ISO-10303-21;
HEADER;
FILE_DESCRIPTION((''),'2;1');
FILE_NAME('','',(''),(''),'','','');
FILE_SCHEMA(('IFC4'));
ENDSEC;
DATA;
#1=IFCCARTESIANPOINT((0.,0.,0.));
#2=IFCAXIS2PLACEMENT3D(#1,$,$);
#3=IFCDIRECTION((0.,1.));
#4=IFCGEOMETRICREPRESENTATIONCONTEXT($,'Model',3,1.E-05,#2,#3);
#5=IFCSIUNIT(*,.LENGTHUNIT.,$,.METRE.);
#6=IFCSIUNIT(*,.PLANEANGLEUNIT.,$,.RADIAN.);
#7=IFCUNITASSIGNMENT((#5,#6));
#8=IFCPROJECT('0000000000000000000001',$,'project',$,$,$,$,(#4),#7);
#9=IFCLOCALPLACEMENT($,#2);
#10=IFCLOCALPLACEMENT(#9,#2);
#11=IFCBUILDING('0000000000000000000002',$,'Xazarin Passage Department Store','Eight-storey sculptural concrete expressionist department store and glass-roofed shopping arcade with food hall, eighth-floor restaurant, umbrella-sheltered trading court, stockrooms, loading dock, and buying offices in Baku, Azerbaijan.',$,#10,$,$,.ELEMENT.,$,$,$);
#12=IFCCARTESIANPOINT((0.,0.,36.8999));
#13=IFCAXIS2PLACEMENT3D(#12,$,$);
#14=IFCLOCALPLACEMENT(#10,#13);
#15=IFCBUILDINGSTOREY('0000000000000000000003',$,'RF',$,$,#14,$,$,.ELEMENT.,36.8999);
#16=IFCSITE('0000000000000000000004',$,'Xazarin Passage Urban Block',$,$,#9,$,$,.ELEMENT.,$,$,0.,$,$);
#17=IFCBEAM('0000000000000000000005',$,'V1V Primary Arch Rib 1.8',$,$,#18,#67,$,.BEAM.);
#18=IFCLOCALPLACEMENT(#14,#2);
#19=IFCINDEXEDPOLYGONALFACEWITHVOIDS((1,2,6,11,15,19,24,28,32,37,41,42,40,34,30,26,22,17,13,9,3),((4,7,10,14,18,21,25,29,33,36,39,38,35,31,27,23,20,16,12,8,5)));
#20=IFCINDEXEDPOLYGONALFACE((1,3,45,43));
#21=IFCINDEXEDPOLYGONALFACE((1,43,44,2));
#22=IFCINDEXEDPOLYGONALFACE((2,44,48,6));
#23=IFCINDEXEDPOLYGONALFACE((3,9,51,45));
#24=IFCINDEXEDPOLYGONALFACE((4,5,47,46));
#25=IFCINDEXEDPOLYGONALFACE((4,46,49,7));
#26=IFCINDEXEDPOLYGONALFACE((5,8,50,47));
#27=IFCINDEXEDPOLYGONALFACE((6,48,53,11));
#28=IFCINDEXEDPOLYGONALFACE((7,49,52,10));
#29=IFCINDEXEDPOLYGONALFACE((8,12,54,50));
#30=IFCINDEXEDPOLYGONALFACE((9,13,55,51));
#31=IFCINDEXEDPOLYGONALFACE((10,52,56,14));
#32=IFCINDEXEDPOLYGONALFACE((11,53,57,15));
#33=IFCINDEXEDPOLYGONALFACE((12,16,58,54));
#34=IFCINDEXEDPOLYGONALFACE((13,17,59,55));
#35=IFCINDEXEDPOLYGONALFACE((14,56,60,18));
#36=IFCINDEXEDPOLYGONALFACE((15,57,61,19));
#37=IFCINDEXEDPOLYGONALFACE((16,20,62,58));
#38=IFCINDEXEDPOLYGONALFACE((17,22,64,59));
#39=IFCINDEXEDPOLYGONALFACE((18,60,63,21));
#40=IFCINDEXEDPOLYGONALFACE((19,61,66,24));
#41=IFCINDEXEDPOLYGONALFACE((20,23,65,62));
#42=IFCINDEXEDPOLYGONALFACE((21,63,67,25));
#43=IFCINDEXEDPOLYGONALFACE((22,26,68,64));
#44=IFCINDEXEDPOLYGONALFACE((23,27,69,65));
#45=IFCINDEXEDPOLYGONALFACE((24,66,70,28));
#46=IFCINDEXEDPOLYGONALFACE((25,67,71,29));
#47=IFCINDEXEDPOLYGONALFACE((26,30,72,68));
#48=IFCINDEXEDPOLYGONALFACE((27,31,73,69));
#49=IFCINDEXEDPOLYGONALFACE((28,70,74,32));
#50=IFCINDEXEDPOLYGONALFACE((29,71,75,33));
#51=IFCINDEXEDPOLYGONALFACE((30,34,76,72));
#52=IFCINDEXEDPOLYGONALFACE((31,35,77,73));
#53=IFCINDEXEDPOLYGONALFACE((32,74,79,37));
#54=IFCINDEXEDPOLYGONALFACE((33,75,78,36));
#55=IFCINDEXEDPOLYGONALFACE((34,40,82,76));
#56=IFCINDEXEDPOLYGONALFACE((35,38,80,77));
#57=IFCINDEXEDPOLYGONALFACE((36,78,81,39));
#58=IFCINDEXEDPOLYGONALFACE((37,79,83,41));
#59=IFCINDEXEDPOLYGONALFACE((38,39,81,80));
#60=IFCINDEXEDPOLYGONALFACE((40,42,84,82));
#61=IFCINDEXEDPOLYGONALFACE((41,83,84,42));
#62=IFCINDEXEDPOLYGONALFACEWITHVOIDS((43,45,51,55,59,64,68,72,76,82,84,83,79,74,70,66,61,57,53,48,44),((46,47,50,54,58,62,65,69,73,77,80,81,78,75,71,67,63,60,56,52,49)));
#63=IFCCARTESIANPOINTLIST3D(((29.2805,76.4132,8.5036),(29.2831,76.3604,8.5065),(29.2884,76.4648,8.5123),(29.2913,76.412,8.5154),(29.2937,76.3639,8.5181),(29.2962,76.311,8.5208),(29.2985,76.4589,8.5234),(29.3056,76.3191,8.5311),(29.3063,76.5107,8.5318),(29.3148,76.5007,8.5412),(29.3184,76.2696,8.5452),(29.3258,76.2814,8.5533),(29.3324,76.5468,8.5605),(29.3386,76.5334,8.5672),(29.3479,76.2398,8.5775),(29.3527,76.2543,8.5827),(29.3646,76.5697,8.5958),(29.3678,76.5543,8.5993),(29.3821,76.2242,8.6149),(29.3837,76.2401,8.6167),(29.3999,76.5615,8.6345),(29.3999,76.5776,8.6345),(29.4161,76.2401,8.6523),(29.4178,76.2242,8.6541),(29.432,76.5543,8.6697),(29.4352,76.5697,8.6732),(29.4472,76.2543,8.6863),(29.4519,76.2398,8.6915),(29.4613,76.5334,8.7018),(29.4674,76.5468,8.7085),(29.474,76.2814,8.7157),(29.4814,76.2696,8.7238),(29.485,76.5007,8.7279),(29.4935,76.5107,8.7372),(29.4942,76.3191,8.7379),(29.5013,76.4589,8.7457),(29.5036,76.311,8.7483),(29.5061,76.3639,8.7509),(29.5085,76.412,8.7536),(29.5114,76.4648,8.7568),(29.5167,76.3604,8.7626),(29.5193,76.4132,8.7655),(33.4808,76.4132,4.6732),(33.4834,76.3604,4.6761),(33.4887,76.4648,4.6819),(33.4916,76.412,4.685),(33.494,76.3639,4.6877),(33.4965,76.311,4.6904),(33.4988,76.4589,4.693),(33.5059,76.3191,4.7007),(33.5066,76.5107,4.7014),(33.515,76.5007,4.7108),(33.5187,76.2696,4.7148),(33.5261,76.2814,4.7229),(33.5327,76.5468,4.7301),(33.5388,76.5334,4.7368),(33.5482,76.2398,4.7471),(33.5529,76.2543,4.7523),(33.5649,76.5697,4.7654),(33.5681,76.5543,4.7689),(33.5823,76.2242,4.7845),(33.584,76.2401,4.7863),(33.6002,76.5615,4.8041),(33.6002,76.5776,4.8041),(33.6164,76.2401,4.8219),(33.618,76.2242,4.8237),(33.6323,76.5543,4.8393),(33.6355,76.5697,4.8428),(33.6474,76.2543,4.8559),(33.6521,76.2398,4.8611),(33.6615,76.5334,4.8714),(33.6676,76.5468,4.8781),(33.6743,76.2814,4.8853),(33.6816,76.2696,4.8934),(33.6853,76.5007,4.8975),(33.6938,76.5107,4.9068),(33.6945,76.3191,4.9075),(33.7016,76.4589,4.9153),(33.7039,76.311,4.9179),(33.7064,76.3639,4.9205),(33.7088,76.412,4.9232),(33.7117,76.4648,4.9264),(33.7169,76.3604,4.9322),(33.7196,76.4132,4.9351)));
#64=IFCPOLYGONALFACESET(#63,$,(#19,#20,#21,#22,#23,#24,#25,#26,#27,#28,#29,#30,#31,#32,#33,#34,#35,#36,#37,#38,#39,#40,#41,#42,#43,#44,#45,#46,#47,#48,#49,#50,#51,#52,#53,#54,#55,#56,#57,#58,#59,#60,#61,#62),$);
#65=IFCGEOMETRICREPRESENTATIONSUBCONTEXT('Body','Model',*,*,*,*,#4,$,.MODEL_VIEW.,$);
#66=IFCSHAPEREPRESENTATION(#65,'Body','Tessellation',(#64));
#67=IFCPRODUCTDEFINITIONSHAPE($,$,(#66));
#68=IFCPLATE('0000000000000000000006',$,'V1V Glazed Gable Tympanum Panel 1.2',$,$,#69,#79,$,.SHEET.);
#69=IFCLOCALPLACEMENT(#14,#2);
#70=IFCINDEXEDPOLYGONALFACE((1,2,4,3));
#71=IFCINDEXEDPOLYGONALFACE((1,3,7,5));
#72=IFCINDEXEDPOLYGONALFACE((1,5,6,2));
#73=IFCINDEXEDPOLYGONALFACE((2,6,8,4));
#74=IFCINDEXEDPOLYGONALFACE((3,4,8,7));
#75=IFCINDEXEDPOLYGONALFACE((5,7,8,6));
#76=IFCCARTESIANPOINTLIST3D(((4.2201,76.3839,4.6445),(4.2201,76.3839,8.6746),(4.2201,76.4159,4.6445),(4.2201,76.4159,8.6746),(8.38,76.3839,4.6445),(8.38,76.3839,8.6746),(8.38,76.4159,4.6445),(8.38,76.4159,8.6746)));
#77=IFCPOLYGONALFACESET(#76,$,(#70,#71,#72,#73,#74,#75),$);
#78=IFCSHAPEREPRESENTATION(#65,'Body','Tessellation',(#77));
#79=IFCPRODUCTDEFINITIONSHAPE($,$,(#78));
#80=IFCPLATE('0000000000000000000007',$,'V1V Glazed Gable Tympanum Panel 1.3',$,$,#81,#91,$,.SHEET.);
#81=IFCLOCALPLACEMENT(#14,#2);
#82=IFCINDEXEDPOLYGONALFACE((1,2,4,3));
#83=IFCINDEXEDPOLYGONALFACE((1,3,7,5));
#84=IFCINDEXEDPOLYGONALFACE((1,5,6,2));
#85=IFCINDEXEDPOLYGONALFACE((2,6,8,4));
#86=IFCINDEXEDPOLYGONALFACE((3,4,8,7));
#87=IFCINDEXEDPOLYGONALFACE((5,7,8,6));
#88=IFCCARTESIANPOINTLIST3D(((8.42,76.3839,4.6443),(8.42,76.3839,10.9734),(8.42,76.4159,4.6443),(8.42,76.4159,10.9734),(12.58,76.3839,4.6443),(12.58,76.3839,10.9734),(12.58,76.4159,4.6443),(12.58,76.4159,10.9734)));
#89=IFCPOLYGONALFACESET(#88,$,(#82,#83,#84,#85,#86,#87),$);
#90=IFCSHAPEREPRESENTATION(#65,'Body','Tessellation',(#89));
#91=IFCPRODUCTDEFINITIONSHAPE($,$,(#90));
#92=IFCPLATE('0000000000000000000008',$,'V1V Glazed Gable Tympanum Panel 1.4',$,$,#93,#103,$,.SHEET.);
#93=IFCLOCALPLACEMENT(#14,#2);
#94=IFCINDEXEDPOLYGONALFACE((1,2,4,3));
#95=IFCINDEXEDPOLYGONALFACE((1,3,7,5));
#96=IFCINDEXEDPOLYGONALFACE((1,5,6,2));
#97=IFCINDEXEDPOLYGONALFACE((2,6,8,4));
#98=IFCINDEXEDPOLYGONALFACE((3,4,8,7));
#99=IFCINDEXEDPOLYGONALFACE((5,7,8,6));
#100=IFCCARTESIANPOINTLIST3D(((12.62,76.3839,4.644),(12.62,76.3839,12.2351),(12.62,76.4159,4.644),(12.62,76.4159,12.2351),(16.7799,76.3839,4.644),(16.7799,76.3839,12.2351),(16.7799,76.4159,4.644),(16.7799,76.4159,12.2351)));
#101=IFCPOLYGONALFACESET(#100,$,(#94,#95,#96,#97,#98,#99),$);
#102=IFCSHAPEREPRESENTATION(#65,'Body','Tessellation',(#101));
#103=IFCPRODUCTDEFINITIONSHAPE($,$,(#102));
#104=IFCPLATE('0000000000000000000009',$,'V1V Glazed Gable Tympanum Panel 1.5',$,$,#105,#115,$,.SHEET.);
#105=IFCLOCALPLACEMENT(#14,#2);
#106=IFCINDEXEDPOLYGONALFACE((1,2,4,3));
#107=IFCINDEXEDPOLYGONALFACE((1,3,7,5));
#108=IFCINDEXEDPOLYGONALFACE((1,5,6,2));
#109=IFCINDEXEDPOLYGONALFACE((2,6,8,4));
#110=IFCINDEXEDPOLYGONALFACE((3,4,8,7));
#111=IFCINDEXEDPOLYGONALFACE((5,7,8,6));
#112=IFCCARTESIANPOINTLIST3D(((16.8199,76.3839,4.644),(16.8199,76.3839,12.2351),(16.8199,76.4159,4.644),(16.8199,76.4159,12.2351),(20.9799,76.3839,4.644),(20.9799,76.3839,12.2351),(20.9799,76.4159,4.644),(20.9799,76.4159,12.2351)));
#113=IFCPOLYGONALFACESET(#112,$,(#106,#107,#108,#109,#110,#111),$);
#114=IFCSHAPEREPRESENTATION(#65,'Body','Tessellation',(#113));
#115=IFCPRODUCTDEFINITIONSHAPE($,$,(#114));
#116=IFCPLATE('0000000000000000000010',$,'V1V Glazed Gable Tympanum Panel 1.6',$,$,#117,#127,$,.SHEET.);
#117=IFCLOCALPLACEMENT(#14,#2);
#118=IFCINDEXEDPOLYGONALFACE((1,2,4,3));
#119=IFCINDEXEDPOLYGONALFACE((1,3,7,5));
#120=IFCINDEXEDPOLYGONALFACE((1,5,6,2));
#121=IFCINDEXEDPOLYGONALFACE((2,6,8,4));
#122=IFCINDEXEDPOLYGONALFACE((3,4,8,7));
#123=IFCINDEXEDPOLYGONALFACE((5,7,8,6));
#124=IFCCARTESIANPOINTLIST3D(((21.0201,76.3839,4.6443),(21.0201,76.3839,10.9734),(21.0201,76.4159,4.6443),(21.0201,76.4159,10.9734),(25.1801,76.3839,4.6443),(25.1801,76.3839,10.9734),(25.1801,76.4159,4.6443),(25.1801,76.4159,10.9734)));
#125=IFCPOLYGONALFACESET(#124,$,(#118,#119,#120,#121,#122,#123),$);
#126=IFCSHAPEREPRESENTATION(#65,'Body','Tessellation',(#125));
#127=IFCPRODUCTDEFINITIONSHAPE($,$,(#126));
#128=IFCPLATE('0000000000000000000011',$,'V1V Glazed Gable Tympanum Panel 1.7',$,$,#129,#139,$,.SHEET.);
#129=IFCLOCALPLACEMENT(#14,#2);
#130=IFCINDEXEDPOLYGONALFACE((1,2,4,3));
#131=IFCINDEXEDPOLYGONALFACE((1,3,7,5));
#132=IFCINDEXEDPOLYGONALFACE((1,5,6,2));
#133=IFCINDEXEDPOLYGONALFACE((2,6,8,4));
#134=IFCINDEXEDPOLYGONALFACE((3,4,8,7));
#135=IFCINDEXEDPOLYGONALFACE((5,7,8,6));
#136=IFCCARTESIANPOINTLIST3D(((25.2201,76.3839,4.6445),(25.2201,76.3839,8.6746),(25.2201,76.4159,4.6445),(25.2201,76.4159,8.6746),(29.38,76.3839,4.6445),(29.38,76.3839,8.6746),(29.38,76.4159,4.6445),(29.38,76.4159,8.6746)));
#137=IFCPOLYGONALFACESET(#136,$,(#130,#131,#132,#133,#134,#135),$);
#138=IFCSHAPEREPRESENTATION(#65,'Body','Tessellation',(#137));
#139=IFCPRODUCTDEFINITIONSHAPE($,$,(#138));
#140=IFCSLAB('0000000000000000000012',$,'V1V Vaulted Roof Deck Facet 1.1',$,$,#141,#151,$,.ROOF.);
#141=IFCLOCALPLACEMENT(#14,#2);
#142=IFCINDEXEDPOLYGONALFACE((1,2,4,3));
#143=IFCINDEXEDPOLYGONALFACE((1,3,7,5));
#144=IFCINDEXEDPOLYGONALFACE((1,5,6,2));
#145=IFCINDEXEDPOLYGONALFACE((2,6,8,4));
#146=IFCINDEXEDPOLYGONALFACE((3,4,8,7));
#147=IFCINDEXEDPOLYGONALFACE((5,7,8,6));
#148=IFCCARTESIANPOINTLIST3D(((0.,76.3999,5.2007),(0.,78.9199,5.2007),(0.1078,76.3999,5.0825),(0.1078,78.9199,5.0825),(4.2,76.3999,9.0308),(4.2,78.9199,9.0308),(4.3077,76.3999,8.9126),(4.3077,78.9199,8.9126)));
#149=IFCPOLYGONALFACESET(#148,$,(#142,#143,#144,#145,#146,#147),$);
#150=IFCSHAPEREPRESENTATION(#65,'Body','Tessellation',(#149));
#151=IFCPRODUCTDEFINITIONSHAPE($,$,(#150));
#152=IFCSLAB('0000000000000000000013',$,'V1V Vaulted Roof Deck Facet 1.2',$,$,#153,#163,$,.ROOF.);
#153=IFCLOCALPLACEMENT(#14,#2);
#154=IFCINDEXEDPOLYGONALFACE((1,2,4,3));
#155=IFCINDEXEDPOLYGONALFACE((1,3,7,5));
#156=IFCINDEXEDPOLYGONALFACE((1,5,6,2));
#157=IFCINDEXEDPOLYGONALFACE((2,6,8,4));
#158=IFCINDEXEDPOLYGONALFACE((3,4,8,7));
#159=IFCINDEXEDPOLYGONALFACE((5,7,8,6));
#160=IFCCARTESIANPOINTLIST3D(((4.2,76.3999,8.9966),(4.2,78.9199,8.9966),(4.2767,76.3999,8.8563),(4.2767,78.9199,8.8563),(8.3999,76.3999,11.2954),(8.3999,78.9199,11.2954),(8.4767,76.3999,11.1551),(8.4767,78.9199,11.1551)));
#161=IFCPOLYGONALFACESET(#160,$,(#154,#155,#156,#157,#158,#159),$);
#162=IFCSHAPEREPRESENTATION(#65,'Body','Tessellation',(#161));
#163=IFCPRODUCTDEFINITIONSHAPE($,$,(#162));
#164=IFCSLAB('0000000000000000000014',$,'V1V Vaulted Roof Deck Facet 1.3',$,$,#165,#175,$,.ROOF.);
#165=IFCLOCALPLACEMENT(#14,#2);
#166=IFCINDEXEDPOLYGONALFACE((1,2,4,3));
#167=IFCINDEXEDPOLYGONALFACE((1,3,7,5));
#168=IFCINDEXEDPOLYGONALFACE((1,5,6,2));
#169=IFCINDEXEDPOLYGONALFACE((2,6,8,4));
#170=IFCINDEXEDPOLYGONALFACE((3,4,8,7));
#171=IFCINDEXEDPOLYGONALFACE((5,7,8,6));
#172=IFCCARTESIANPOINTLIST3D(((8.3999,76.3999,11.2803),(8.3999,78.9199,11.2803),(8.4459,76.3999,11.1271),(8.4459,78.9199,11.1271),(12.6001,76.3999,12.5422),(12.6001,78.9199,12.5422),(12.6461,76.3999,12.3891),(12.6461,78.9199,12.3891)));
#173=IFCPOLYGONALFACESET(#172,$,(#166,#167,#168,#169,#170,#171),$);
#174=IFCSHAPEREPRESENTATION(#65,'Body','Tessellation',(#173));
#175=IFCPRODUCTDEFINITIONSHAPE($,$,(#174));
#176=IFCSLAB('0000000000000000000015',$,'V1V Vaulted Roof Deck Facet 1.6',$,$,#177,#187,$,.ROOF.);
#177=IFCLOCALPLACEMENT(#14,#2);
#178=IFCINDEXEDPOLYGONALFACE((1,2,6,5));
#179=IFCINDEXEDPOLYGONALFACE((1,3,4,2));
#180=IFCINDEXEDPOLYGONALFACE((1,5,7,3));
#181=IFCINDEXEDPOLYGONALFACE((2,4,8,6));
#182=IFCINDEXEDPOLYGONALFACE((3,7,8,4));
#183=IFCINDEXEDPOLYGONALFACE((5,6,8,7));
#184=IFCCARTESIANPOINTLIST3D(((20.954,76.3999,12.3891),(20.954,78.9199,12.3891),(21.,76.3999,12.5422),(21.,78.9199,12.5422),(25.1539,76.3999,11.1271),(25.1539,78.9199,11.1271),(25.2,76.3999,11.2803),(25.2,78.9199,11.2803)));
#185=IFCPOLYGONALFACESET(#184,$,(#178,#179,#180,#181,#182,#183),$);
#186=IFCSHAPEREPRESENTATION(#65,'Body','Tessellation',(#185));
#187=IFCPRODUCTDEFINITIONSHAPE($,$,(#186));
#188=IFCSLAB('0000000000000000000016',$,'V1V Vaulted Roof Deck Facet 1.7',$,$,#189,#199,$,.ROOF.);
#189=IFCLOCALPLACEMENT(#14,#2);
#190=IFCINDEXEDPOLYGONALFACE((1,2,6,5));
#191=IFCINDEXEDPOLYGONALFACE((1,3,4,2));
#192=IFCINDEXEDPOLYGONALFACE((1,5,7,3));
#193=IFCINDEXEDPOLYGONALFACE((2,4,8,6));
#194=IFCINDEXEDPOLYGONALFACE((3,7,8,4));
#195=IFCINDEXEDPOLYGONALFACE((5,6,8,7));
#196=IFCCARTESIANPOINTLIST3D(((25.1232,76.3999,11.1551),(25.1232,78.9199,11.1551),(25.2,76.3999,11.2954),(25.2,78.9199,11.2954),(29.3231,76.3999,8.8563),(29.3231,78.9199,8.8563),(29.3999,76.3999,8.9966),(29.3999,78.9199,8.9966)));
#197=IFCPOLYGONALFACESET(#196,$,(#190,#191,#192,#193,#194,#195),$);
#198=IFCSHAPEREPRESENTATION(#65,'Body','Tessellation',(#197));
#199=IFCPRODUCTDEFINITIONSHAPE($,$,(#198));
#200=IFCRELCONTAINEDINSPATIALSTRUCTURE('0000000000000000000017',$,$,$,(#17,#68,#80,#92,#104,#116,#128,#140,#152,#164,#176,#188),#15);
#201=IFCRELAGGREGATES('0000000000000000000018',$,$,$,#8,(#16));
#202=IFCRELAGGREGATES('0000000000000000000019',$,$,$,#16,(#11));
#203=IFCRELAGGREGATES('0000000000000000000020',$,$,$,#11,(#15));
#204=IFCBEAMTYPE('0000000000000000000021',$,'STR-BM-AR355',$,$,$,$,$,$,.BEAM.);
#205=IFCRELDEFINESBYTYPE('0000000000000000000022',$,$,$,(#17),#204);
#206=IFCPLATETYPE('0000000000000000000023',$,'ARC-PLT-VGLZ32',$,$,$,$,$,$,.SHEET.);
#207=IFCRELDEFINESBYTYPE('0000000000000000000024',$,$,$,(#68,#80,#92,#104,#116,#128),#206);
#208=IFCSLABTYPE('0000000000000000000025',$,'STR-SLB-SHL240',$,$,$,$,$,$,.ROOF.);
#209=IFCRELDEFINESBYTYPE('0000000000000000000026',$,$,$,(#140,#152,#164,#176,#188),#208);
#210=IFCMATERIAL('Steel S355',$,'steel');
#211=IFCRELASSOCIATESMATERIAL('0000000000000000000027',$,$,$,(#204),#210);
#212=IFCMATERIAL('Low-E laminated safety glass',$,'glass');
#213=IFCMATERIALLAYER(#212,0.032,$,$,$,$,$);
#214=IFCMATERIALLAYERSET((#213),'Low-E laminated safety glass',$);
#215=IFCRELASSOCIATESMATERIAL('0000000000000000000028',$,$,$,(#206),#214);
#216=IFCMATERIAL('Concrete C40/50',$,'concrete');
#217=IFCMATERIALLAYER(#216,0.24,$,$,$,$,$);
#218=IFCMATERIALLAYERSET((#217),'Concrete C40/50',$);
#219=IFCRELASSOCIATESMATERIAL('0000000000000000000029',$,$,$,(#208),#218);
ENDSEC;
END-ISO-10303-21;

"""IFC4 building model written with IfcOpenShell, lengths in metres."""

from ifc_helpers import new_model, si_unit, direction, frame, origin, origin_2d, place, context, subcontext, project, spatial, polyline, rectangle, hollow_circle, outline, extrude, material, layer, layer_set, material_profile, profile_set, type_object, element, save


model = new_model("IFC4")

# Units and contexts
model_context = context("Model", 3, precision=1e-05, world=origin(), true_north=direction((0.0, 1.0)))
body_context = subcontext(model_context, "Body", "Model", "MODEL_VIEW")
ifc_project = project(units=[si_unit("LENGTHUNIT", "METRE"), si_unit("PLANEANGLEUNIT", "RADIAN")], contexts=[model_context])

# Site, building, storey
site_placement = place(None, origin())
site = spatial("IfcSite", under=ifc_project, at=site_placement, Name="Xazarin Passage Urban Block", CompositionType="ELEMENT", RefElevation=0.0)
building_placement = place(site_placement, origin())
building = spatial("IfcBuilding", under=site, at=building_placement, Name="Xazarin Passage Department Store", Description="Eight-storey sculptural concrete expressionist department store and glass-roofed shopping arcade with food hall, eighth-floor restaurant, umbrella-sheltered trading court, stockrooms, loading dock, and buying offices in Baku, Azerbaijan.", CompositionType="ELEMENT")
storey_placement = place(building_placement, frame((0.0, 0.0, 36.8999)))
storey = spatial("IfcBuildingStorey", under=building, at=storey_placement, Name="RF", CompositionType="ELEMENT", Elevation=36.8999)

# Beam
ifc_material_1 = material(Name="Steel S355", Category="steel")
ifc_material_profile_1 = material_profile(ifc_material_1, hollow_circle(Radius=0.1777, WallThickness=0.0161, at=origin_2d()), Name="CHS 355.6x16")
ifc_profile_set_1 = profile_set([ifc_material_profile_1], Name="Steel S355")
beam_type = type_object("IfcBeamType", Name="STR-BM-AR355", PredefinedType="BEAM", material=ifc_profile_set_1)
beam_1_placement = place(storey_placement, frame((29.3999, 76.3999, 8.6345), z_axis=(0.738892, 0.0, -0.673824), x_axis=(0.0, 1.0, 0.0)))
element("IfcBeam", 1, at=beam_1_placement, inside=storey, type_object=beam_type, Name="V1V Primary Arch Rib 1.8", PredefinedType="BEAM", context=body_context, shape_type="SweptSolid", body=[
    extrude(hollow_circle(Radius=0.1777, WallThickness=0.0161, at=origin_2d()), origin(), (0.0, 0.0, 1.0), 5.6846),
])

# Plates
ifc_material_2 = material(Name="Low-E laminated safety glass", Category="glass")
ifc_layer_1 = layer(ifc_material_2, 0.032)
ifc_layer_set_1 = layer_set([ifc_layer_1], Name="Low-E laminated safety glass")
plate_type = type_object("IfcPlateType", Name="ARC-PLT-VGLZ32", PredefinedType="SHEET", material=ifc_layer_set_1)
plate_1_placement = place(storey_placement, frame((6.3, 76.3999, 4.6445), z_axis=(0.0, 0.0, 1.0), x_axis=(1.0, 0.0, 0.0)))
element("IfcPlate", 2, at=plate_1_placement, inside=storey, type_object=plate_type, Name="V1V Glazed Gable Tympanum Panel 1.2", PredefinedType="SHEET", context=body_context, shape_type="SweptSolid", body=[
    extrude(rectangle(XDim=4.1599, YDim=0.032, at=origin_2d()), origin(), (0.0, 0.0, 1.0), 4.03),
])
plate_2_placement = place(storey_placement, frame((10.5, 76.3999, 4.6443), z_axis=(0.0, 0.0, 1.0), x_axis=(1.0, 0.0, 0.0)))
element("IfcPlate", 3, at=plate_2_placement, inside=storey, type_object=plate_type, Name="V1V Glazed Gable Tympanum Panel 1.3", PredefinedType="SHEET", context=body_context, shape_type="SweptSolid", body=[
    extrude(rectangle(XDim=4.1599, YDim=0.032, at=origin_2d()), origin(), (0.0, 0.0, 1.0), 6.3291),
])
for number, where, z_axis, x_axis, name in (
    (4, (14.7, 76.3999, 4.644), (0.0, 0.0, 1.0), (1.0, 0.0, 0.0), "V1V Glazed Gable Tympanum Panel 1.4"),
    (5, (18.8999, 76.3999, 4.644), (0.0, 0.0, 1.0), (1.0, 0.0, 0.0), "V1V Glazed Gable Tympanum Panel 1.5"),
):
    element("IfcPlate", number, at=place(storey_placement, frame(where, z_axis=z_axis, x_axis=x_axis)), inside=storey, type_object=plate_type, Name=name, PredefinedType="SHEET", context=body_context, shape_type="SweptSolid", body=[
        extrude(rectangle(XDim=4.1599, YDim=0.032, at=origin_2d()), origin(), (0.0, 0.0, 1.0), 7.5911),
    ])
plate_3_placement = place(storey_placement, frame((23.1001, 76.3999, 4.6443), z_axis=(0.0, 0.0, 1.0), x_axis=(1.0, 0.0, 0.0)))
element("IfcPlate", 6, at=plate_3_placement, inside=storey, type_object=plate_type, Name="V1V Glazed Gable Tympanum Panel 1.6", PredefinedType="SHEET", context=body_context, shape_type="SweptSolid", body=[
    extrude(rectangle(XDim=4.1599, YDim=0.032, at=origin_2d()), origin(), (0.0, 0.0, 1.0), 6.3291),
])
plate_4_placement = place(storey_placement, frame((27.3, 76.3999, 4.6445), z_axis=(0.0, 0.0, 1.0), x_axis=(1.0, 0.0, 0.0)))
element("IfcPlate", 7, at=plate_4_placement, inside=storey, type_object=plate_type, Name="V1V Glazed Gable Tympanum Panel 1.7", PredefinedType="SHEET", context=body_context, shape_type="SweptSolid", body=[
    extrude(rectangle(XDim=4.1599, YDim=0.032, at=origin_2d()), origin(), (0.0, 0.0, 1.0), 4.03),
])

# Slabs
ifc_material_3 = material(Name="Concrete C40/50", Category="concrete")
ifc_layer_2 = layer(ifc_material_3, 0.24)
ifc_layer_set_2 = layer_set([ifc_layer_2], Name="Concrete C40/50")
slab_type = type_object("IfcSlabType", Name="STR-SLB-SHL240", PredefinedType="ROOF", material=ifc_layer_set_2)
slab_1_placement = place(storey_placement, frame((0.0, 76.3999, 5.2007), z_axis=(-0.673822, 0.0, 0.738894), x_axis=(0.738894, 0.0, 0.673822)))
element("IfcSlab", 8, at=slab_1_placement, inside=storey, type_object=slab_type, Name="V1V Vaulted Roof Deck Facet 1.1", PredefinedType="ROOF", context=body_context, shape_type="SweptSolid", body=[
    extrude(outline(polyline([(0.0, 0.0), (5.6841, 0.0), (5.6841, 2.52), (0.0, 2.52), (0.0, 0.0)])), origin(), (0.0, 0.0, -1.0), 0.1599),
])
slab_2_placement = place(storey_placement, frame((4.2, 76.3999, 8.9966), z_axis=(-0.480131, 0.0, 0.877197), x_axis=(0.877197, 0.0, 0.480131)))
element("IfcSlab", 9, at=slab_2_placement, inside=storey, type_object=slab_type, Name="V1V Vaulted Roof Deck Facet 1.2", PredefinedType="ROOF", context=body_context, shape_type="SweptSolid", body=[
    extrude(outline(polyline([(0.0, 0.0), (4.7879, 0.0), (4.7879, 2.52), (0.0, 2.52), (0.0, 0.0)])), origin(), (0.0, 0.0, -1.0), 0.1599),
])
slab_3_placement = place(storey_placement, frame((8.3999, 76.3999, 11.2803), z_axis=(-0.287746, 0.0, 0.957707), x_axis=(0.957707, 0.0, 0.287746)))
element("IfcSlab", 10, at=slab_3_placement, inside=storey, type_object=slab_type, Name="V1V Vaulted Roof Deck Facet 1.3", PredefinedType="ROOF", context=body_context, shape_type="SweptSolid", body=[
    extrude(outline(polyline([(0.0, 0.0), (4.3857, 0.0), (4.3857, 2.52), (0.0, 2.52), (0.0, 0.0)])), origin(), (0.0, 0.0, -1.0), 0.1599),
])
slab_4_placement = place(storey_placement, frame((21.0, 76.3999, 12.5422), z_axis=(0.287762, 0.0, 0.957702), x_axis=(0.957702, 0.0, -0.287762)))
element("IfcSlab", 11, at=slab_4_placement, inside=storey, type_object=slab_type, Name="V1V Vaulted Roof Deck Facet 1.6", PredefinedType="ROOF", context=body_context, shape_type="SweptSolid", body=[
    extrude(outline(polyline([(0.0, 0.0), (4.3854, 0.0), (4.3854, 2.52), (0.0, 2.52), (0.0, 0.0)])), origin(), (0.0, 0.0, -1.0), 0.1599),
])
slab_5_placement = place(storey_placement, frame((25.2, 76.3999, 11.2954), z_axis=(0.480131, 0.0, 0.877197), x_axis=(0.877197, 0.0, -0.480131)))
element("IfcSlab", 12, at=slab_5_placement, inside=storey, type_object=slab_type, Name="V1V Vaulted Roof Deck Facet 1.7", PredefinedType="ROOF", context=body_context, shape_type="SweptSolid", body=[
    extrude(outline(polyline([(0.0, 0.0), (4.7879, 0.0), (4.7879, 2.52), (0.0, 2.52), (0.0, 0.0)])), origin(), (0.0, 0.0, -1.0), 0.1599),
])

save(model, "model.ifc")
